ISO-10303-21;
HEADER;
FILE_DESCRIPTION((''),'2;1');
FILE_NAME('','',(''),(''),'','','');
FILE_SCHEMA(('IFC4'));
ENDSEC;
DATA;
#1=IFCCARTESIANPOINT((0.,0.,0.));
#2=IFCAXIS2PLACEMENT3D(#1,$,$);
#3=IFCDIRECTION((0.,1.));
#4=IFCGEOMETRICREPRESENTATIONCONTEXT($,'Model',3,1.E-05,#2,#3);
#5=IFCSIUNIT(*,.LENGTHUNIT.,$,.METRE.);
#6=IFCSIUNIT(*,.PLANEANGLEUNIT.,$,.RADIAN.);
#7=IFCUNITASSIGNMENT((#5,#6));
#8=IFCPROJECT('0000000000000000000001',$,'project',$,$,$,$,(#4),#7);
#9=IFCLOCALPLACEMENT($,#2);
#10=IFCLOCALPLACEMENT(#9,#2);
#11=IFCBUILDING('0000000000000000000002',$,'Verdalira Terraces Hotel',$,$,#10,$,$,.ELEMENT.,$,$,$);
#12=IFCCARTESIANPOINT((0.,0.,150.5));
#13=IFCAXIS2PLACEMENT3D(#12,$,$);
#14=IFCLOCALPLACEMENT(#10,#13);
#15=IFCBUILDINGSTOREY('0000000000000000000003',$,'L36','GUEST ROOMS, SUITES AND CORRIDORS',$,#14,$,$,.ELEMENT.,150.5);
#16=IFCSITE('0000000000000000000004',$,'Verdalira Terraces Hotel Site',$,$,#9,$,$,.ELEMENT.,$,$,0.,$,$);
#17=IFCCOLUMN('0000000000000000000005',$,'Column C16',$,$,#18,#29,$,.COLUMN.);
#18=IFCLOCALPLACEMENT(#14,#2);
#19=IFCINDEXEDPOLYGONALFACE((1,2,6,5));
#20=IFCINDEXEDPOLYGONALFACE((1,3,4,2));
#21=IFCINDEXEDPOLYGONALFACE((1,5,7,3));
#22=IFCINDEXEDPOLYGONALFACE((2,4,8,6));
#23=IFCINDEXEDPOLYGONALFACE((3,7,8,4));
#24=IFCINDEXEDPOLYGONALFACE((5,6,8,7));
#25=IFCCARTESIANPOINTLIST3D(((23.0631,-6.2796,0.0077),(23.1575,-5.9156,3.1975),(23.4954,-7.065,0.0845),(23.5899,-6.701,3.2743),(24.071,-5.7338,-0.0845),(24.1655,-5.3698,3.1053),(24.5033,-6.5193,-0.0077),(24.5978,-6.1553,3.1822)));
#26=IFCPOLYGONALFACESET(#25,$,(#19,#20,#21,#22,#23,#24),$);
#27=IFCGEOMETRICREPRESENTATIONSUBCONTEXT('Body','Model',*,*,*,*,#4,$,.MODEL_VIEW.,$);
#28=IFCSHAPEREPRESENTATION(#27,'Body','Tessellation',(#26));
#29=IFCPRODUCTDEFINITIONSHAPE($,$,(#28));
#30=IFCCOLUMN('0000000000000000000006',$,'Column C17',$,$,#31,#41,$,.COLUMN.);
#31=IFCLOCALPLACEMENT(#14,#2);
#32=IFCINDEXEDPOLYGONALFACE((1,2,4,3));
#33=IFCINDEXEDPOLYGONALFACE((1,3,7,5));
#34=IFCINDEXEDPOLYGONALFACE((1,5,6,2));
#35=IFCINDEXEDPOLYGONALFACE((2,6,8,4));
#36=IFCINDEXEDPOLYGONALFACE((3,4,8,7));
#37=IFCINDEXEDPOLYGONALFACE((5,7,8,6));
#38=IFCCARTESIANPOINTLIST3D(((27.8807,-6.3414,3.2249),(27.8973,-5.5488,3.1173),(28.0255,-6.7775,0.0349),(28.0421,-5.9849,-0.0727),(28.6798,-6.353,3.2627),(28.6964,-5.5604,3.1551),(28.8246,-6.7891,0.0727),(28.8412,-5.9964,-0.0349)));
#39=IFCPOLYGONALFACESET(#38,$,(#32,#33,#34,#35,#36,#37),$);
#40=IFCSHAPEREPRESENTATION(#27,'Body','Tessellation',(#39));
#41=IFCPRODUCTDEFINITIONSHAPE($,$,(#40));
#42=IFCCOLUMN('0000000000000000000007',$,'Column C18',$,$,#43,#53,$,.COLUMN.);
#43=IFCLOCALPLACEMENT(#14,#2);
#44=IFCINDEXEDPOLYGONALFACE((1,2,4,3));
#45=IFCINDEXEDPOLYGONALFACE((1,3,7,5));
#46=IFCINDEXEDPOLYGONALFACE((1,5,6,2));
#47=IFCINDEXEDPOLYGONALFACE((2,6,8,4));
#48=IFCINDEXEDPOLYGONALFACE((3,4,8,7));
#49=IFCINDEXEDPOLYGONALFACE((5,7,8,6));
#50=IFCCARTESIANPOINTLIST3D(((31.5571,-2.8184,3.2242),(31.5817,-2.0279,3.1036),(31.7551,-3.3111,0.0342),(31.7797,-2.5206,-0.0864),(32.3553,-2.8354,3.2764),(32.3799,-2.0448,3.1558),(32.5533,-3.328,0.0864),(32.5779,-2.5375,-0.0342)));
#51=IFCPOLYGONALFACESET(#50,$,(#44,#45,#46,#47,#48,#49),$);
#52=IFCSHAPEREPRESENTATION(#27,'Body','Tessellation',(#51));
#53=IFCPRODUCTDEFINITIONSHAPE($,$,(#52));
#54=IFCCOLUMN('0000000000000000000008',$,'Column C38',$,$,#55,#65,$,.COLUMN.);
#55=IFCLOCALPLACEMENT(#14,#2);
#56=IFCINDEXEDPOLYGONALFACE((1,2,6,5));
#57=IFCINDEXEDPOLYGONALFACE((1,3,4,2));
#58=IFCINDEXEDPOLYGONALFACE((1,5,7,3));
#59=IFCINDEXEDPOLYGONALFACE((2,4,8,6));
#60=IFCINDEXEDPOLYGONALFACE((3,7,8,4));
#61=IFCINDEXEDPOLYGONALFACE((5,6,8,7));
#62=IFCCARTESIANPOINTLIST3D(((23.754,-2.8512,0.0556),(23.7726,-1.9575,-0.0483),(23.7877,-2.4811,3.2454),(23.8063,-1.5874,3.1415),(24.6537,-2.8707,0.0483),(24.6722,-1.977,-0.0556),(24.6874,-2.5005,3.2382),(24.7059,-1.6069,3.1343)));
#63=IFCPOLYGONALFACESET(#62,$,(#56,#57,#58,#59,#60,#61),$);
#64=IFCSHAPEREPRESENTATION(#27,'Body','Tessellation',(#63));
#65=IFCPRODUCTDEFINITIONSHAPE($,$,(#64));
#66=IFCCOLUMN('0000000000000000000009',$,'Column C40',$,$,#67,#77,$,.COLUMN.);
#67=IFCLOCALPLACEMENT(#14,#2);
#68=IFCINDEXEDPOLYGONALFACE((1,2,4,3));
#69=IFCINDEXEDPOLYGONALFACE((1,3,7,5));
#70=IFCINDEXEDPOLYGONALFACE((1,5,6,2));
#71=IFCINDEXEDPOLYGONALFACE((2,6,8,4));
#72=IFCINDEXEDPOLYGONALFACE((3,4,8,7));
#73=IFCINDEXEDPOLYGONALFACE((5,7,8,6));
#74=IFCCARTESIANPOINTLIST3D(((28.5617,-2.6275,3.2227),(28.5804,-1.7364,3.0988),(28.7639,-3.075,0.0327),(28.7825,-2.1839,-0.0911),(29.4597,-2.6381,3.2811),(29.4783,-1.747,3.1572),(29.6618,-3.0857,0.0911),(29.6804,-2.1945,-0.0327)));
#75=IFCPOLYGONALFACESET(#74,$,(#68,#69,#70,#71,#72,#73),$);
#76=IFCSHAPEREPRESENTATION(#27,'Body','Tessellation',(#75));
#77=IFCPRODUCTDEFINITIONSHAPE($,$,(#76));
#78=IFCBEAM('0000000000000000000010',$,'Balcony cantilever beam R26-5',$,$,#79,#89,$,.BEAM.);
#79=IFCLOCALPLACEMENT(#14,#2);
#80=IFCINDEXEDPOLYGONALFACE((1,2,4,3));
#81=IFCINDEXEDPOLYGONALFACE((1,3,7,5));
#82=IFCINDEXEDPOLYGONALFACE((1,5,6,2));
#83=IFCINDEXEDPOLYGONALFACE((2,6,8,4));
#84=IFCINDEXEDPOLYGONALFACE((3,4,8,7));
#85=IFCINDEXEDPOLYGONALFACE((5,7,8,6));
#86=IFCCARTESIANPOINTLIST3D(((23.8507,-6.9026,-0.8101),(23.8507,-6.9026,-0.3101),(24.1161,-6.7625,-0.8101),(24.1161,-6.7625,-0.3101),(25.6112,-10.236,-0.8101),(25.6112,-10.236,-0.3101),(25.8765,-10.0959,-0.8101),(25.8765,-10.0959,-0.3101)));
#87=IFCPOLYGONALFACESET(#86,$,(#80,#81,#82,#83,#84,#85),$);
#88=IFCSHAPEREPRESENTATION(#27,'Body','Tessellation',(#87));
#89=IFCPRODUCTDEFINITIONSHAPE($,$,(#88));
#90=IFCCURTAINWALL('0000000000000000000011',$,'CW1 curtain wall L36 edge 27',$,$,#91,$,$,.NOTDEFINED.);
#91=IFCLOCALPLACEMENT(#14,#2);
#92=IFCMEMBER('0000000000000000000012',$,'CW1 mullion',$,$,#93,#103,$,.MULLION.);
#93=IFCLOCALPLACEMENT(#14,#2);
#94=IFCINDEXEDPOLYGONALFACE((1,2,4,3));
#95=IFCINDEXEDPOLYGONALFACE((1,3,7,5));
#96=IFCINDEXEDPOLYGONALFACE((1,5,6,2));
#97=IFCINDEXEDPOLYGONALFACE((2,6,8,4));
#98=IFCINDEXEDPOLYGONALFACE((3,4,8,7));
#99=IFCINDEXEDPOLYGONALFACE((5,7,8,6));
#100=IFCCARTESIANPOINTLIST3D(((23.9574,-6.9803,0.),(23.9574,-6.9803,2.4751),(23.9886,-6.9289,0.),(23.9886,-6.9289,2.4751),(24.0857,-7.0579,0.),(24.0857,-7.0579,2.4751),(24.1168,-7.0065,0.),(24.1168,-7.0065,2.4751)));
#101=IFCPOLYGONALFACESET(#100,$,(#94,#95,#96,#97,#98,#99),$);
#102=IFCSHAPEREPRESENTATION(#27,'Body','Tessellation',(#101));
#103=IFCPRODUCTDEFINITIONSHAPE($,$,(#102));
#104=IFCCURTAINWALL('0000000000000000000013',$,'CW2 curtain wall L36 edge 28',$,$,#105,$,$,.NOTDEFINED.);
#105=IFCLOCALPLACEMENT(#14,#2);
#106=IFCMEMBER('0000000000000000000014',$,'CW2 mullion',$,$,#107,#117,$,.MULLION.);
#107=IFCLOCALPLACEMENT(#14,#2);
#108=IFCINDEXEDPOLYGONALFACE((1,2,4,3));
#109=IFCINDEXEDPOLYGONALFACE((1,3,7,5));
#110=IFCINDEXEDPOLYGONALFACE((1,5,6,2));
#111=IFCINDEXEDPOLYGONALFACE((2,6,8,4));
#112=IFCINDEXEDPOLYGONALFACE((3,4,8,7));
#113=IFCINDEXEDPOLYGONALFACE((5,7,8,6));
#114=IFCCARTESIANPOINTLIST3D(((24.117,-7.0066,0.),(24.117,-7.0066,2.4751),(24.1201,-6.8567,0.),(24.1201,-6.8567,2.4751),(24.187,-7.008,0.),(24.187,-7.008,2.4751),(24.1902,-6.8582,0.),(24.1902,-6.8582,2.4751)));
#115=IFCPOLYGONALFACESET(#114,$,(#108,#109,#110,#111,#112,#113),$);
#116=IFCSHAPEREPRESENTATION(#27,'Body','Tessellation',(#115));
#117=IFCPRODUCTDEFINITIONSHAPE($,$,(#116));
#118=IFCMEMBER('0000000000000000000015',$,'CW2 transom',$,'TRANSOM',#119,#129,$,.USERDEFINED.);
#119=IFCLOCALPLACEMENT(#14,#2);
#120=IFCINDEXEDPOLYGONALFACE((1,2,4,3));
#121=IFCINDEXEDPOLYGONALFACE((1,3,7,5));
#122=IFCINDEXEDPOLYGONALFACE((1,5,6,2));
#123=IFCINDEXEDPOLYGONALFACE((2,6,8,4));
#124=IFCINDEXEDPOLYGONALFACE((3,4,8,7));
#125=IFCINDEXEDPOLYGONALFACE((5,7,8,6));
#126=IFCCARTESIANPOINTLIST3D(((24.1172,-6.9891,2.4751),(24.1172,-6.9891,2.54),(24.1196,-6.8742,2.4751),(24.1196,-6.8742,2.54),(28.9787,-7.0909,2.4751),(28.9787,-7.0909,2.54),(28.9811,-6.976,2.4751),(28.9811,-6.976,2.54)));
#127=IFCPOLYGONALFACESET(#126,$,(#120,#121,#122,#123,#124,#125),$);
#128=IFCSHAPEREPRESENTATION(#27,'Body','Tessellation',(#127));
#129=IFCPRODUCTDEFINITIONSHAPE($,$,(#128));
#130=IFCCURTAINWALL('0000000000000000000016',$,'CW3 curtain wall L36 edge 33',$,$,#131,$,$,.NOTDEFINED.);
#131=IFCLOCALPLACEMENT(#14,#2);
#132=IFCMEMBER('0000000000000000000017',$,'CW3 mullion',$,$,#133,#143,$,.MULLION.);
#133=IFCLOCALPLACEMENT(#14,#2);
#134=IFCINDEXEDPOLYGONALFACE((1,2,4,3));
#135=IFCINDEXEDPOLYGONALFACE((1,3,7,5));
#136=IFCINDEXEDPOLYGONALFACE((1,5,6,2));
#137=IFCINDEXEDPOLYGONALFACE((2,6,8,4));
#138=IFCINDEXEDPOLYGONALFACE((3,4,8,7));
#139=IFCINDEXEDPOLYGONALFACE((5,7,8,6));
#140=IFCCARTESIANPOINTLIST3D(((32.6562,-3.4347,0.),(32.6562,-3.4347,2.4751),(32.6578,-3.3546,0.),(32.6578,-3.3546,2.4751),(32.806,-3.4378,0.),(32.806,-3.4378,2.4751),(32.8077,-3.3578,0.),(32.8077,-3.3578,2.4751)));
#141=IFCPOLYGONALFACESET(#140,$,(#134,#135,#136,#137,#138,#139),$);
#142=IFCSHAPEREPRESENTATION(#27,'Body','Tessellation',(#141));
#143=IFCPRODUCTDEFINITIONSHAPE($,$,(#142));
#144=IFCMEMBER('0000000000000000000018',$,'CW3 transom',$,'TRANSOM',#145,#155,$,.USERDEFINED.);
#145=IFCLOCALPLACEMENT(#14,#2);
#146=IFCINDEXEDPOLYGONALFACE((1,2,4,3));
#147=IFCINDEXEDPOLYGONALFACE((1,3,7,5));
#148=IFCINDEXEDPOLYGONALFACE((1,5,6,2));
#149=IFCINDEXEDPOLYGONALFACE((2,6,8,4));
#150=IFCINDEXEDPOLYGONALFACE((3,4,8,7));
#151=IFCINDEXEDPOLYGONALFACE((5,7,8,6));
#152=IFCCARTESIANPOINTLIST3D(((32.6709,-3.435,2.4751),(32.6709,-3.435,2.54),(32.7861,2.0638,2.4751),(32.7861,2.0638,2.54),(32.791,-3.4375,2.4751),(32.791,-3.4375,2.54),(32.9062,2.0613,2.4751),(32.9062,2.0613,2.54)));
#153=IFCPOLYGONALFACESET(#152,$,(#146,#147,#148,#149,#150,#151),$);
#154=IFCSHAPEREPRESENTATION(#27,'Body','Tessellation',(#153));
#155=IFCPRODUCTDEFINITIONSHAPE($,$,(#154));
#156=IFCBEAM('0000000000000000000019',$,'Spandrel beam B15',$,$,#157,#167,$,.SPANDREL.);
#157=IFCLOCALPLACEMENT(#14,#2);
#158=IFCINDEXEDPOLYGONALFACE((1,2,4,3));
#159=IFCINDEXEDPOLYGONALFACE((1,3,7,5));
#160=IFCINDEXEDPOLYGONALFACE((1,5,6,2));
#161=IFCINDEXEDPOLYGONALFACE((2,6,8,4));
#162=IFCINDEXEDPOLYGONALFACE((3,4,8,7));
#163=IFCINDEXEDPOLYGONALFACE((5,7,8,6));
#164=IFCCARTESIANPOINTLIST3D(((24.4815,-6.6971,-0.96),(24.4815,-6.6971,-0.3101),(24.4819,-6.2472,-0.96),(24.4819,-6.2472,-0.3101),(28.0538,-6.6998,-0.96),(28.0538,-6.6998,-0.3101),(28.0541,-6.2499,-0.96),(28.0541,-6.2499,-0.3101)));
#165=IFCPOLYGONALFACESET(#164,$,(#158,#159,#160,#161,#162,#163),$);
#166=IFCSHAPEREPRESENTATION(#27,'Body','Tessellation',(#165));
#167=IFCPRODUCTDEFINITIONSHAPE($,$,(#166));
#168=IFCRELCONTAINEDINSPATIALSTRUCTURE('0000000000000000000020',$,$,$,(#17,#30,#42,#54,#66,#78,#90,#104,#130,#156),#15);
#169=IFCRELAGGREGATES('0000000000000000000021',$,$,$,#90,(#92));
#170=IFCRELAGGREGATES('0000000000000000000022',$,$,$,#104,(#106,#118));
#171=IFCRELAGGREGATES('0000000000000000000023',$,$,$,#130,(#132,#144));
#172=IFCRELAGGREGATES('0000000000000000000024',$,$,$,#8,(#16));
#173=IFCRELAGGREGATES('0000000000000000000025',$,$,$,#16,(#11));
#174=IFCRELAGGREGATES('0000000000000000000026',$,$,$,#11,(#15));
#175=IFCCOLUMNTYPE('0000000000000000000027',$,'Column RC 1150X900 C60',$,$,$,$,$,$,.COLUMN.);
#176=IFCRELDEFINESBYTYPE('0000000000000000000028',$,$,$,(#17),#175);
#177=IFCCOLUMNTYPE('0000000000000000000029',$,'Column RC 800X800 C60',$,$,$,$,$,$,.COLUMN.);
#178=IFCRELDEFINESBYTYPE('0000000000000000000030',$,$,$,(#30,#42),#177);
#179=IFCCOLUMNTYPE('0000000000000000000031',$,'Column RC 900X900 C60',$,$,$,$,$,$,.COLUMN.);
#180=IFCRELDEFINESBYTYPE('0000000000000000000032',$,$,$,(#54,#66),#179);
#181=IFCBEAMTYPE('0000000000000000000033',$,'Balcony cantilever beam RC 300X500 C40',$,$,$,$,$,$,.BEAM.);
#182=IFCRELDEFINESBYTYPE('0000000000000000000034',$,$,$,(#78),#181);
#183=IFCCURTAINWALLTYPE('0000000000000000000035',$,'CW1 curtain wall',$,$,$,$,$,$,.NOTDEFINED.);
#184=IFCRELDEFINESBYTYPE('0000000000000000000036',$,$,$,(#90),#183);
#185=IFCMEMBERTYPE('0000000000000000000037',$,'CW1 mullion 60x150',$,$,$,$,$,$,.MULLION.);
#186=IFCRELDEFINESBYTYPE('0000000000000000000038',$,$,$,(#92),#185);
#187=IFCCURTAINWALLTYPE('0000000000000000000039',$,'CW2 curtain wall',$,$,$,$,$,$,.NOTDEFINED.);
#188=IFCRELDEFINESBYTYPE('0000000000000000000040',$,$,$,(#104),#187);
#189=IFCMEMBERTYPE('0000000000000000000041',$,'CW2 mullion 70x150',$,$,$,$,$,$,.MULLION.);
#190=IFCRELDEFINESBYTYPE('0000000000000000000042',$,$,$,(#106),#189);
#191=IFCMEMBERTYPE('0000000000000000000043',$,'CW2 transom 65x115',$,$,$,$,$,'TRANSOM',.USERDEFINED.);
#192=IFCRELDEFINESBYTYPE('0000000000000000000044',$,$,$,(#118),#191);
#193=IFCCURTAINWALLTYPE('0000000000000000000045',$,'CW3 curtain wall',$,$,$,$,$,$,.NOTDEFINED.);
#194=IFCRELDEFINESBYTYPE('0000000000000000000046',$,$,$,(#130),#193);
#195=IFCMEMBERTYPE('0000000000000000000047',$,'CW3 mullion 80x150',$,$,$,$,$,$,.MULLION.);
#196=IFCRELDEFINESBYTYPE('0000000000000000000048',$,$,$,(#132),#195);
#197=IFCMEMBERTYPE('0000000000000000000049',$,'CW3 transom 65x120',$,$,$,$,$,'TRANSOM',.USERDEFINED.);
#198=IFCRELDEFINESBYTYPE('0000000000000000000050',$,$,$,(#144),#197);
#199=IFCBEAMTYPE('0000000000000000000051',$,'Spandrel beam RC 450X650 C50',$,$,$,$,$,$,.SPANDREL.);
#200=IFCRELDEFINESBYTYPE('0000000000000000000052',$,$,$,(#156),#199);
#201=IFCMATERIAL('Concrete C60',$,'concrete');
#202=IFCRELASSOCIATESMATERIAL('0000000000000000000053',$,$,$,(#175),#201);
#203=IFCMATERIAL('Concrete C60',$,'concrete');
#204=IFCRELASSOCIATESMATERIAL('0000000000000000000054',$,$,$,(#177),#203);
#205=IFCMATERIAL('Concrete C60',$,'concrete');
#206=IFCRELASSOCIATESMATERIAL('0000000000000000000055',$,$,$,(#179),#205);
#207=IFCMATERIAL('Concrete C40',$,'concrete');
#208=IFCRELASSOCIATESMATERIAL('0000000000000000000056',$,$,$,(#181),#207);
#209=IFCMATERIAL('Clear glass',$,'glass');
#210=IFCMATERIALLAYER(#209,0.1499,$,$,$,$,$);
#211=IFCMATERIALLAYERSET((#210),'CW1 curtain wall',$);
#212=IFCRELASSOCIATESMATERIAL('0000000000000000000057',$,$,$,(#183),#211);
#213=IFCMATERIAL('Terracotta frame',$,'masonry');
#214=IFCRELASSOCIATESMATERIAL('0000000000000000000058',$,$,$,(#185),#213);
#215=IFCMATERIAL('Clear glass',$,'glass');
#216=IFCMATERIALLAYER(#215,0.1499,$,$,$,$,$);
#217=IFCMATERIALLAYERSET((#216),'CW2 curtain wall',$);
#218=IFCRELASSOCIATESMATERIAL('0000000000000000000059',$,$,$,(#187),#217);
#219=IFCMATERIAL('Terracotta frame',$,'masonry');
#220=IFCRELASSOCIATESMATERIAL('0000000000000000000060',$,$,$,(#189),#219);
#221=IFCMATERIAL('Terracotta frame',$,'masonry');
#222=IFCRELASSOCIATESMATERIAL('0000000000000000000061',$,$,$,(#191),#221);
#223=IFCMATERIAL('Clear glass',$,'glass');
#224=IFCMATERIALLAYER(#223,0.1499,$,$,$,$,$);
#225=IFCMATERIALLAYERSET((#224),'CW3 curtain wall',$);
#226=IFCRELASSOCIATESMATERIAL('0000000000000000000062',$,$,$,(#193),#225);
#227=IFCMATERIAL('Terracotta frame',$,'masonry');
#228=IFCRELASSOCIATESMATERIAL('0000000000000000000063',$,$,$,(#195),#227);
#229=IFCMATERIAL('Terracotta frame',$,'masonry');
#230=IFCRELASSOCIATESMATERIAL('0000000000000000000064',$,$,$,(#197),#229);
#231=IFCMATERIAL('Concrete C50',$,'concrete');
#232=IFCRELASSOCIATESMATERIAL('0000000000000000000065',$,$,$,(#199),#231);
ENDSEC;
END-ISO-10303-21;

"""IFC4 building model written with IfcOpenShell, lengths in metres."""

from ifc_helpers import new_model, si_unit, direction, frame, origin, origin_2d, place, context, subcontext, project, spatial, rectangle, extrude, material, layer, layer_set, material_profile, profile_set, type_object, element, aggregate, save


model = new_model("IFC4")

# Units and contexts
model_context = context("Model", 3, precision=1e-05, world=origin(), true_north=direction((0.0, 1.0)))
body_context = subcontext(model_context, "Body", "Model", "MODEL_VIEW")
ifc_project = project(units=[si_unit("LENGTHUNIT", "METRE"), si_unit("PLANEANGLEUNIT", "RADIAN")], contexts=[model_context])

# Site, building, storey
site_placement = place(None, origin())
site = spatial("IfcSite", under=ifc_project, at=site_placement, Name="Verdalira Terraces Hotel Site", CompositionType="ELEMENT", RefElevation=0.0)
building_placement = place(site_placement, origin())
building = spatial("IfcBuilding", under=site, at=building_placement, Name="Verdalira Terraces Hotel", CompositionType="ELEMENT")
storey_placement = place(building_placement, frame((0.0, 0.0, 150.5)))
storey = spatial("IfcBuildingStorey", under=building, at=storey_placement, Name="L36", Description="GUEST ROOMS, SUITES AND CORRIDORS", CompositionType="ELEMENT", Elevation=150.5)

# Columns
ifc_material_1 = material(Name="Concrete C60", Category="concrete")
ifc_material_profile_1 = material_profile(ifc_material_1, rectangle(XDim=1.1499, YDim=0.8999, at=origin_2d()), Name="RC 1150X900")
ifc_profile_set_1 = profile_set([ifc_material_profile_1], Name="Concrete C60")
column_type_1 = type_object("IfcColumnType", Name="Column RC 1150X900 C60", PredefinedType="COLUMN", material=ifc_profile_set_1)
column_1_placement = place(storey_placement, frame((23.7832, -6.3994, 0.0), z_axis=(0.029415, 0.113328, 0.993122), x_axis=(-0.876529, -0.474633, 0.080124)))
element("IfcColumn", 1, at=column_1_placement, inside=storey, type_object=column_type_1, Name="Column C16", PredefinedType="COLUMN", context=body_context, shape_type="SweptSolid", body=[
    extrude(rectangle(XDim=1.1499, YDim=0.8999, at=origin_2d()), origin(), (0.0, 0.0, 1.0), 3.2119),
])
ifc_material_2 = material(Name="Concrete C60", Category="concrete")
ifc_material_profile_2 = material_profile(ifc_material_2, rectangle(XDim=0.8, YDim=0.8, at=origin_2d()), Name="RC 800X800")
ifc_profile_set_2 = profile_set([ifc_material_profile_2], Name="Concrete C60")
column_type_2 = type_object("IfcColumnType", Name="Column RC 800X800 C60", PredefinedType="COLUMN", material=ifc_profile_set_2)
column_2_placement = place(storey_placement, frame((28.4334, -6.387, 0.0), z_axis=(-0.044921, 0.135295, 0.989787), x_axis=(0.998776, -0.014469, 0.047307)))
element("IfcColumn", 2, at=column_2_placement, inside=storey, type_object=column_type_2, Name="Column C17", PredefinedType="COLUMN", context=body_context, shape_type="SweptSolid", body=[
    extrude(rectangle(XDim=0.8, YDim=0.8, at=origin_2d()), origin(), (0.0, 0.0, 1.0), 3.2229),
])
column_3_placement = place(storey_placement, frame((32.1665, -2.9243, 0.0), z_axis=(-0.061227, 0.152351, 0.986428), x_axis=(0.030796, 0.9881, -0.150697)))
element("IfcColumn", 3, at=column_3_placement, inside=storey, type_object=column_type_2, Name="Column C18", PredefinedType="COLUMN", context=body_context, shape_type="SweptSolid", body=[
    extrude(rectangle(XDim=0.8, YDim=0.8, at=origin_2d()), origin(), (0.0, 0.0, 1.0), 3.2339),
])
ifc_material_3 = material(Name="Concrete C60", Category="concrete")
ifc_material_profile_3 = material_profile(ifc_material_3, rectangle(XDim=0.8999, YDim=0.8999, at=origin_2d()), Name="RC 900X900")
ifc_profile_set_3 = profile_set([ifc_material_profile_3], Name="Concrete C60")
column_type_3 = type_object("IfcColumnType", Name="Column RC 900X900 C60", PredefinedType="COLUMN", material=ifc_profile_set_3)
column_4_placement = place(storey_placement, frame((24.2131, -2.4141, 0.0), z_axis=(0.010491, 0.115247, 0.993281), x_axis=(0.999733, -0.021661, -0.008046)))
element("IfcColumn", 4, at=column_4_placement, inside=storey, type_object=column_type_3, Name="Column C38", PredefinedType="COLUMN", context=body_context, shape_type="SweptSolid", body=[
    extrude(rectangle(XDim=0.8999, YDim=0.8999, at=origin_2d()), origin(), (0.0, 0.0, 1.0), 3.2114),
])
column_5_placement = place(storey_placement, frame((29.2222, -2.6348, 0.0), z_axis=(-0.062633, 0.138655, 0.988358), x_axis=(0.997822, -0.011828, 0.064892)))
element("IfcColumn", 5, at=column_5_placement, inside=storey, type_object=column_type_3, Name="Column C40", PredefinedType="COLUMN", context=body_context, shape_type="SweptSolid", body=[
    extrude(rectangle(XDim=0.8999, YDim=0.8999, at=origin_2d()), origin(), (0.0, 0.0, 1.0), 3.2275),
])

# Beam
ifc_material_4 = material(Name="Concrete C40", Category="concrete")
ifc_material_profile_4 = material_profile(ifc_material_4, rectangle(XDim=0.3, YDim=0.5, at=origin_2d()), Name="RC 300X500")
ifc_profile_set_4 = profile_set([ifc_material_profile_4], Name="Concrete C40")
beam_type_1 = type_object("IfcBeamType", Name="Balcony cantilever beam RC 300X500 C40", PredefinedType="BEAM", material=ifc_profile_set_4)
beam_1_placement = place(storey_placement, frame((23.9834, -6.8325, -0.5601), z_axis=(0.466998, -0.884258, 0.0), x_axis=(0.884258, 0.466998, 0.0)))
element("IfcBeam", 6, at=beam_1_placement, inside=storey, type_object=beam_type_1, Name="Balcony cantilever beam R26-5", PredefinedType="BEAM", context=body_context, shape_type="SweptSolid", body=[
    extrude(rectangle(XDim=0.3, YDim=0.5, at=origin_2d()), origin(), (0.0, 0.0, 1.0), 3.7698),
])

# Curtain wall, member
ifc_material_5 = material(Name="Clear glass", Category="glass")
ifc_layer_1 = layer(ifc_material_5, 0.1499)
ifc_layer_set_1 = layer_set([ifc_layer_1], Name="CW1 curtain wall")
curtain_wall_type_1 = type_object("IfcCurtainWallType", Name="CW1 curtain wall", PredefinedType="NOTDEFINED", material=ifc_layer_set_1)
curtain_wall_1_placement = place(storey_placement, origin())
curtain_wall_1 = element("IfcCurtainWall", 7, at=curtain_wall_1_placement, inside=storey, type_object=curtain_wall_type_1, Name="CW1 curtain wall L36 edge 27", PredefinedType="NOTDEFINED")
ifc_material_6 = material(Name="Terracotta frame", Category="masonry")
ifc_material_profile_5 = material_profile(ifc_material_6, rectangle(XDim=0.0601, YDim=0.1499, at=origin_2d()), Name="MU 60x150")
ifc_profile_set_5 = profile_set([ifc_material_profile_5], Name="Terracotta frame")
member_type_1 = type_object("IfcMemberType", Name="CW1 mullion 60x150", PredefinedType="MULLION", material=ifc_profile_set_5)
member_1_placement = place(storey_placement, frame((24.0371, -6.9934, 0.0), z_axis=(0.0, 0.0, 1.0), x_axis=(0.518027, 0.855364, 0.0)))
member_1 = element("IfcMember", 8, at=member_1_placement, type_object=member_type_1, Name="CW1 mullion", PredefinedType="MULLION", context=body_context, shape_type="SweptSolid", body=[
    extrude(rectangle(XDim=0.0601, YDim=0.1499, at=origin_2d()), origin(), (0.0, 0.0, 1.0), 2.4751),
])
aggregate(curtain_wall_1, [member_1])

# Curtain walls, members
ifc_material_7 = material(Name="Clear glass", Category="glass")
ifc_layer_2 = layer(ifc_material_7, 0.1499)
ifc_layer_set_2 = layer_set([ifc_layer_2], Name="CW2 curtain wall")
curtain_wall_type_2 = type_object("IfcCurtainWallType", Name="CW2 curtain wall", PredefinedType="NOTDEFINED", material=ifc_layer_set_2)
curtain_wall_2_placement = place(storey_placement, origin())
curtain_wall_2 = element("IfcCurtainWall", 9, at=curtain_wall_2_placement, inside=storey, type_object=curtain_wall_type_2, Name="CW2 curtain wall L36 edge 28", PredefinedType="NOTDEFINED")
ifc_material_8 = material(Name="Terracotta frame", Category="masonry")
ifc_material_profile_6 = material_profile(ifc_material_8, rectangle(XDim=0.0701, YDim=0.1499, at=origin_2d()), Name="MU 70x150")
ifc_profile_set_6 = profile_set([ifc_material_profile_6], Name="Terracotta frame")
member_type_2 = type_object("IfcMemberType", Name="CW2 mullion 70x150", PredefinedType="MULLION", material=ifc_profile_set_6)
member_2_placement = place(storey_placement, frame((24.1536, -6.9324, 0.0), z_axis=(0.0, 0.0, 1.0), x_axis=(0.999781, -0.020942, 0.0)))
member_2 = element("IfcMember", 10, at=member_2_placement, type_object=member_type_2, Name="CW2 mullion", PredefinedType="MULLION", context=body_context, shape_type="SweptSolid", body=[
    extrude(rectangle(XDim=0.0701, YDim=0.1499, at=origin_2d()), origin(), (0.0, 0.0, 1.0), 2.4751),
])
ifc_material_9 = material(Name="Terracotta frame", Category="masonry")
ifc_material_profile_7 = material_profile(ifc_material_9, rectangle(XDim=0.115, YDim=0.0649, at=origin_2d()), Name="TR 65x115")
ifc_profile_set_7 = profile_set([ifc_material_profile_7], Name="Terracotta frame")
member_type_3 = type_object("IfcMemberType", Name="CW2 transom 65x115", ElementType="TRANSOM", PredefinedType="USERDEFINED", material=ifc_profile_set_7)
member_3_placement = place(storey_placement, frame((24.1184, -6.9316, 2.5076), z_axis=(0.999781, -0.020937, 0.0), x_axis=(0.020937, 0.999781, 0.0)))
member_3 = element("IfcMember", 11, at=member_3_placement, type_object=member_type_3, Name="CW2 transom", ObjectType="TRANSOM", PredefinedType="USERDEFINED", context=body_context, shape_type="SweptSolid", body=[
    extrude(rectangle(XDim=0.115, YDim=0.0649, at=origin_2d()), origin(), (0.0, 0.0, 1.0), 4.8625),
])
ifc_material_10 = material(Name="Clear glass", Category="glass")
ifc_layer_3 = layer(ifc_material_10, 0.1499)
ifc_layer_set_3 = layer_set([ifc_layer_3], Name="CW3 curtain wall")
curtain_wall_type_3 = type_object("IfcCurtainWallType", Name="CW3 curtain wall", PredefinedType="NOTDEFINED", material=ifc_layer_set_3)
curtain_wall_3_placement = place(storey_placement, origin())
curtain_wall_3 = element("IfcCurtainWall", 12, at=curtain_wall_3_placement, inside=storey, type_object=curtain_wall_type_3, Name="CW3 curtain wall L36 edge 33", PredefinedType="NOTDEFINED")
ifc_material_11 = material(Name="Terracotta frame", Category="masonry")
ifc_material_profile_8 = material_profile(ifc_material_11, rectangle(XDim=0.0801, YDim=0.1499, at=origin_2d()), Name="MU 80x150")
ifc_profile_set_8 = profile_set([ifc_material_profile_8], Name="Terracotta frame")
member_type_4 = type_object("IfcMemberType", Name="CW3 mullion 80x150", PredefinedType="MULLION", material=ifc_profile_set_8)
member_4_placement = place(storey_placement, frame((32.7319, -3.3962, 0.0), z_axis=(0.0, 0.0, 1.0), x_axis=(0.020942, 0.999781, 0.0)))
member_4 = element("IfcMember", 13, at=member_4_placement, type_object=member_type_4, Name="CW3 mullion", PredefinedType="MULLION", context=body_context, shape_type="SweptSolid", body=[
    extrude(rectangle(XDim=0.0801, YDim=0.1499, at=origin_2d()), origin(), (0.0, 0.0, 1.0), 2.4751),
])
ifc_material_12 = material(Name="Terracotta frame", Category="masonry")
ifc_material_profile_9 = material_profile(ifc_material_12, rectangle(XDim=0.1201, YDim=0.0649, at=origin_2d()), Name="TR 65x120")
ifc_profile_set_9 = profile_set([ifc_material_profile_9], Name="Terracotta frame")
member_type_5 = type_object("IfcMemberType", Name="CW3 transom 65x120", ElementType="TRANSOM", PredefinedType="USERDEFINED", material=ifc_profile_set_9)
member_5_placement = place(storey_placement, frame((32.731, -3.4363, 2.5076), z_axis=(0.020952, 0.99978, 0.0), x_axis=(-0.99978, 0.020952, 0.0)))
member_5 = element("IfcMember", 14, at=member_5_placement, type_object=member_type_5, Name="CW3 transom", ObjectType="TRANSOM", PredefinedType="USERDEFINED", context=body_context, shape_type="SweptSolid", body=[
    extrude(rectangle(XDim=0.1201, YDim=0.0649, at=origin_2d()), origin(), (0.0, 0.0, 1.0), 5.5),
])

# Beam
ifc_material_13 = material(Name="Concrete C50", Category="concrete")
ifc_material_profile_10 = material_profile(ifc_material_13, rectangle(XDim=0.45, YDim=0.6499, at=origin_2d()), Name="RC 450X650")
ifc_profile_set_10 = profile_set([ifc_material_profile_10], Name="Concrete C50")
beam_type_2 = type_object("IfcBeamType", Name="Spandrel beam RC 450X650 C50", PredefinedType="SPANDREL", material=ifc_profile_set_10)
beam_2_placement = place(storey_placement, frame((24.4817, -6.4722, -0.635), z_axis=(1.0, -0.000752, 0.0), x_axis=(0.000752, 1.0, 0.0)))
element("IfcBeam", 15, at=beam_2_placement, inside=storey, type_object=beam_type_2, Name="Spandrel beam B15", PredefinedType="SPANDREL", context=body_context, shape_type="SweptSolid", body=[
    extrude(rectangle(XDim=0.45, YDim=0.6499, at=origin_2d()), origin(), (0.0, 0.0, 1.0), 3.5723),
])

aggregate(curtain_wall_2, [member_2, member_3])
aggregate(curtain_wall_3, [member_4, member_5])

save(model, "model.ifc")
